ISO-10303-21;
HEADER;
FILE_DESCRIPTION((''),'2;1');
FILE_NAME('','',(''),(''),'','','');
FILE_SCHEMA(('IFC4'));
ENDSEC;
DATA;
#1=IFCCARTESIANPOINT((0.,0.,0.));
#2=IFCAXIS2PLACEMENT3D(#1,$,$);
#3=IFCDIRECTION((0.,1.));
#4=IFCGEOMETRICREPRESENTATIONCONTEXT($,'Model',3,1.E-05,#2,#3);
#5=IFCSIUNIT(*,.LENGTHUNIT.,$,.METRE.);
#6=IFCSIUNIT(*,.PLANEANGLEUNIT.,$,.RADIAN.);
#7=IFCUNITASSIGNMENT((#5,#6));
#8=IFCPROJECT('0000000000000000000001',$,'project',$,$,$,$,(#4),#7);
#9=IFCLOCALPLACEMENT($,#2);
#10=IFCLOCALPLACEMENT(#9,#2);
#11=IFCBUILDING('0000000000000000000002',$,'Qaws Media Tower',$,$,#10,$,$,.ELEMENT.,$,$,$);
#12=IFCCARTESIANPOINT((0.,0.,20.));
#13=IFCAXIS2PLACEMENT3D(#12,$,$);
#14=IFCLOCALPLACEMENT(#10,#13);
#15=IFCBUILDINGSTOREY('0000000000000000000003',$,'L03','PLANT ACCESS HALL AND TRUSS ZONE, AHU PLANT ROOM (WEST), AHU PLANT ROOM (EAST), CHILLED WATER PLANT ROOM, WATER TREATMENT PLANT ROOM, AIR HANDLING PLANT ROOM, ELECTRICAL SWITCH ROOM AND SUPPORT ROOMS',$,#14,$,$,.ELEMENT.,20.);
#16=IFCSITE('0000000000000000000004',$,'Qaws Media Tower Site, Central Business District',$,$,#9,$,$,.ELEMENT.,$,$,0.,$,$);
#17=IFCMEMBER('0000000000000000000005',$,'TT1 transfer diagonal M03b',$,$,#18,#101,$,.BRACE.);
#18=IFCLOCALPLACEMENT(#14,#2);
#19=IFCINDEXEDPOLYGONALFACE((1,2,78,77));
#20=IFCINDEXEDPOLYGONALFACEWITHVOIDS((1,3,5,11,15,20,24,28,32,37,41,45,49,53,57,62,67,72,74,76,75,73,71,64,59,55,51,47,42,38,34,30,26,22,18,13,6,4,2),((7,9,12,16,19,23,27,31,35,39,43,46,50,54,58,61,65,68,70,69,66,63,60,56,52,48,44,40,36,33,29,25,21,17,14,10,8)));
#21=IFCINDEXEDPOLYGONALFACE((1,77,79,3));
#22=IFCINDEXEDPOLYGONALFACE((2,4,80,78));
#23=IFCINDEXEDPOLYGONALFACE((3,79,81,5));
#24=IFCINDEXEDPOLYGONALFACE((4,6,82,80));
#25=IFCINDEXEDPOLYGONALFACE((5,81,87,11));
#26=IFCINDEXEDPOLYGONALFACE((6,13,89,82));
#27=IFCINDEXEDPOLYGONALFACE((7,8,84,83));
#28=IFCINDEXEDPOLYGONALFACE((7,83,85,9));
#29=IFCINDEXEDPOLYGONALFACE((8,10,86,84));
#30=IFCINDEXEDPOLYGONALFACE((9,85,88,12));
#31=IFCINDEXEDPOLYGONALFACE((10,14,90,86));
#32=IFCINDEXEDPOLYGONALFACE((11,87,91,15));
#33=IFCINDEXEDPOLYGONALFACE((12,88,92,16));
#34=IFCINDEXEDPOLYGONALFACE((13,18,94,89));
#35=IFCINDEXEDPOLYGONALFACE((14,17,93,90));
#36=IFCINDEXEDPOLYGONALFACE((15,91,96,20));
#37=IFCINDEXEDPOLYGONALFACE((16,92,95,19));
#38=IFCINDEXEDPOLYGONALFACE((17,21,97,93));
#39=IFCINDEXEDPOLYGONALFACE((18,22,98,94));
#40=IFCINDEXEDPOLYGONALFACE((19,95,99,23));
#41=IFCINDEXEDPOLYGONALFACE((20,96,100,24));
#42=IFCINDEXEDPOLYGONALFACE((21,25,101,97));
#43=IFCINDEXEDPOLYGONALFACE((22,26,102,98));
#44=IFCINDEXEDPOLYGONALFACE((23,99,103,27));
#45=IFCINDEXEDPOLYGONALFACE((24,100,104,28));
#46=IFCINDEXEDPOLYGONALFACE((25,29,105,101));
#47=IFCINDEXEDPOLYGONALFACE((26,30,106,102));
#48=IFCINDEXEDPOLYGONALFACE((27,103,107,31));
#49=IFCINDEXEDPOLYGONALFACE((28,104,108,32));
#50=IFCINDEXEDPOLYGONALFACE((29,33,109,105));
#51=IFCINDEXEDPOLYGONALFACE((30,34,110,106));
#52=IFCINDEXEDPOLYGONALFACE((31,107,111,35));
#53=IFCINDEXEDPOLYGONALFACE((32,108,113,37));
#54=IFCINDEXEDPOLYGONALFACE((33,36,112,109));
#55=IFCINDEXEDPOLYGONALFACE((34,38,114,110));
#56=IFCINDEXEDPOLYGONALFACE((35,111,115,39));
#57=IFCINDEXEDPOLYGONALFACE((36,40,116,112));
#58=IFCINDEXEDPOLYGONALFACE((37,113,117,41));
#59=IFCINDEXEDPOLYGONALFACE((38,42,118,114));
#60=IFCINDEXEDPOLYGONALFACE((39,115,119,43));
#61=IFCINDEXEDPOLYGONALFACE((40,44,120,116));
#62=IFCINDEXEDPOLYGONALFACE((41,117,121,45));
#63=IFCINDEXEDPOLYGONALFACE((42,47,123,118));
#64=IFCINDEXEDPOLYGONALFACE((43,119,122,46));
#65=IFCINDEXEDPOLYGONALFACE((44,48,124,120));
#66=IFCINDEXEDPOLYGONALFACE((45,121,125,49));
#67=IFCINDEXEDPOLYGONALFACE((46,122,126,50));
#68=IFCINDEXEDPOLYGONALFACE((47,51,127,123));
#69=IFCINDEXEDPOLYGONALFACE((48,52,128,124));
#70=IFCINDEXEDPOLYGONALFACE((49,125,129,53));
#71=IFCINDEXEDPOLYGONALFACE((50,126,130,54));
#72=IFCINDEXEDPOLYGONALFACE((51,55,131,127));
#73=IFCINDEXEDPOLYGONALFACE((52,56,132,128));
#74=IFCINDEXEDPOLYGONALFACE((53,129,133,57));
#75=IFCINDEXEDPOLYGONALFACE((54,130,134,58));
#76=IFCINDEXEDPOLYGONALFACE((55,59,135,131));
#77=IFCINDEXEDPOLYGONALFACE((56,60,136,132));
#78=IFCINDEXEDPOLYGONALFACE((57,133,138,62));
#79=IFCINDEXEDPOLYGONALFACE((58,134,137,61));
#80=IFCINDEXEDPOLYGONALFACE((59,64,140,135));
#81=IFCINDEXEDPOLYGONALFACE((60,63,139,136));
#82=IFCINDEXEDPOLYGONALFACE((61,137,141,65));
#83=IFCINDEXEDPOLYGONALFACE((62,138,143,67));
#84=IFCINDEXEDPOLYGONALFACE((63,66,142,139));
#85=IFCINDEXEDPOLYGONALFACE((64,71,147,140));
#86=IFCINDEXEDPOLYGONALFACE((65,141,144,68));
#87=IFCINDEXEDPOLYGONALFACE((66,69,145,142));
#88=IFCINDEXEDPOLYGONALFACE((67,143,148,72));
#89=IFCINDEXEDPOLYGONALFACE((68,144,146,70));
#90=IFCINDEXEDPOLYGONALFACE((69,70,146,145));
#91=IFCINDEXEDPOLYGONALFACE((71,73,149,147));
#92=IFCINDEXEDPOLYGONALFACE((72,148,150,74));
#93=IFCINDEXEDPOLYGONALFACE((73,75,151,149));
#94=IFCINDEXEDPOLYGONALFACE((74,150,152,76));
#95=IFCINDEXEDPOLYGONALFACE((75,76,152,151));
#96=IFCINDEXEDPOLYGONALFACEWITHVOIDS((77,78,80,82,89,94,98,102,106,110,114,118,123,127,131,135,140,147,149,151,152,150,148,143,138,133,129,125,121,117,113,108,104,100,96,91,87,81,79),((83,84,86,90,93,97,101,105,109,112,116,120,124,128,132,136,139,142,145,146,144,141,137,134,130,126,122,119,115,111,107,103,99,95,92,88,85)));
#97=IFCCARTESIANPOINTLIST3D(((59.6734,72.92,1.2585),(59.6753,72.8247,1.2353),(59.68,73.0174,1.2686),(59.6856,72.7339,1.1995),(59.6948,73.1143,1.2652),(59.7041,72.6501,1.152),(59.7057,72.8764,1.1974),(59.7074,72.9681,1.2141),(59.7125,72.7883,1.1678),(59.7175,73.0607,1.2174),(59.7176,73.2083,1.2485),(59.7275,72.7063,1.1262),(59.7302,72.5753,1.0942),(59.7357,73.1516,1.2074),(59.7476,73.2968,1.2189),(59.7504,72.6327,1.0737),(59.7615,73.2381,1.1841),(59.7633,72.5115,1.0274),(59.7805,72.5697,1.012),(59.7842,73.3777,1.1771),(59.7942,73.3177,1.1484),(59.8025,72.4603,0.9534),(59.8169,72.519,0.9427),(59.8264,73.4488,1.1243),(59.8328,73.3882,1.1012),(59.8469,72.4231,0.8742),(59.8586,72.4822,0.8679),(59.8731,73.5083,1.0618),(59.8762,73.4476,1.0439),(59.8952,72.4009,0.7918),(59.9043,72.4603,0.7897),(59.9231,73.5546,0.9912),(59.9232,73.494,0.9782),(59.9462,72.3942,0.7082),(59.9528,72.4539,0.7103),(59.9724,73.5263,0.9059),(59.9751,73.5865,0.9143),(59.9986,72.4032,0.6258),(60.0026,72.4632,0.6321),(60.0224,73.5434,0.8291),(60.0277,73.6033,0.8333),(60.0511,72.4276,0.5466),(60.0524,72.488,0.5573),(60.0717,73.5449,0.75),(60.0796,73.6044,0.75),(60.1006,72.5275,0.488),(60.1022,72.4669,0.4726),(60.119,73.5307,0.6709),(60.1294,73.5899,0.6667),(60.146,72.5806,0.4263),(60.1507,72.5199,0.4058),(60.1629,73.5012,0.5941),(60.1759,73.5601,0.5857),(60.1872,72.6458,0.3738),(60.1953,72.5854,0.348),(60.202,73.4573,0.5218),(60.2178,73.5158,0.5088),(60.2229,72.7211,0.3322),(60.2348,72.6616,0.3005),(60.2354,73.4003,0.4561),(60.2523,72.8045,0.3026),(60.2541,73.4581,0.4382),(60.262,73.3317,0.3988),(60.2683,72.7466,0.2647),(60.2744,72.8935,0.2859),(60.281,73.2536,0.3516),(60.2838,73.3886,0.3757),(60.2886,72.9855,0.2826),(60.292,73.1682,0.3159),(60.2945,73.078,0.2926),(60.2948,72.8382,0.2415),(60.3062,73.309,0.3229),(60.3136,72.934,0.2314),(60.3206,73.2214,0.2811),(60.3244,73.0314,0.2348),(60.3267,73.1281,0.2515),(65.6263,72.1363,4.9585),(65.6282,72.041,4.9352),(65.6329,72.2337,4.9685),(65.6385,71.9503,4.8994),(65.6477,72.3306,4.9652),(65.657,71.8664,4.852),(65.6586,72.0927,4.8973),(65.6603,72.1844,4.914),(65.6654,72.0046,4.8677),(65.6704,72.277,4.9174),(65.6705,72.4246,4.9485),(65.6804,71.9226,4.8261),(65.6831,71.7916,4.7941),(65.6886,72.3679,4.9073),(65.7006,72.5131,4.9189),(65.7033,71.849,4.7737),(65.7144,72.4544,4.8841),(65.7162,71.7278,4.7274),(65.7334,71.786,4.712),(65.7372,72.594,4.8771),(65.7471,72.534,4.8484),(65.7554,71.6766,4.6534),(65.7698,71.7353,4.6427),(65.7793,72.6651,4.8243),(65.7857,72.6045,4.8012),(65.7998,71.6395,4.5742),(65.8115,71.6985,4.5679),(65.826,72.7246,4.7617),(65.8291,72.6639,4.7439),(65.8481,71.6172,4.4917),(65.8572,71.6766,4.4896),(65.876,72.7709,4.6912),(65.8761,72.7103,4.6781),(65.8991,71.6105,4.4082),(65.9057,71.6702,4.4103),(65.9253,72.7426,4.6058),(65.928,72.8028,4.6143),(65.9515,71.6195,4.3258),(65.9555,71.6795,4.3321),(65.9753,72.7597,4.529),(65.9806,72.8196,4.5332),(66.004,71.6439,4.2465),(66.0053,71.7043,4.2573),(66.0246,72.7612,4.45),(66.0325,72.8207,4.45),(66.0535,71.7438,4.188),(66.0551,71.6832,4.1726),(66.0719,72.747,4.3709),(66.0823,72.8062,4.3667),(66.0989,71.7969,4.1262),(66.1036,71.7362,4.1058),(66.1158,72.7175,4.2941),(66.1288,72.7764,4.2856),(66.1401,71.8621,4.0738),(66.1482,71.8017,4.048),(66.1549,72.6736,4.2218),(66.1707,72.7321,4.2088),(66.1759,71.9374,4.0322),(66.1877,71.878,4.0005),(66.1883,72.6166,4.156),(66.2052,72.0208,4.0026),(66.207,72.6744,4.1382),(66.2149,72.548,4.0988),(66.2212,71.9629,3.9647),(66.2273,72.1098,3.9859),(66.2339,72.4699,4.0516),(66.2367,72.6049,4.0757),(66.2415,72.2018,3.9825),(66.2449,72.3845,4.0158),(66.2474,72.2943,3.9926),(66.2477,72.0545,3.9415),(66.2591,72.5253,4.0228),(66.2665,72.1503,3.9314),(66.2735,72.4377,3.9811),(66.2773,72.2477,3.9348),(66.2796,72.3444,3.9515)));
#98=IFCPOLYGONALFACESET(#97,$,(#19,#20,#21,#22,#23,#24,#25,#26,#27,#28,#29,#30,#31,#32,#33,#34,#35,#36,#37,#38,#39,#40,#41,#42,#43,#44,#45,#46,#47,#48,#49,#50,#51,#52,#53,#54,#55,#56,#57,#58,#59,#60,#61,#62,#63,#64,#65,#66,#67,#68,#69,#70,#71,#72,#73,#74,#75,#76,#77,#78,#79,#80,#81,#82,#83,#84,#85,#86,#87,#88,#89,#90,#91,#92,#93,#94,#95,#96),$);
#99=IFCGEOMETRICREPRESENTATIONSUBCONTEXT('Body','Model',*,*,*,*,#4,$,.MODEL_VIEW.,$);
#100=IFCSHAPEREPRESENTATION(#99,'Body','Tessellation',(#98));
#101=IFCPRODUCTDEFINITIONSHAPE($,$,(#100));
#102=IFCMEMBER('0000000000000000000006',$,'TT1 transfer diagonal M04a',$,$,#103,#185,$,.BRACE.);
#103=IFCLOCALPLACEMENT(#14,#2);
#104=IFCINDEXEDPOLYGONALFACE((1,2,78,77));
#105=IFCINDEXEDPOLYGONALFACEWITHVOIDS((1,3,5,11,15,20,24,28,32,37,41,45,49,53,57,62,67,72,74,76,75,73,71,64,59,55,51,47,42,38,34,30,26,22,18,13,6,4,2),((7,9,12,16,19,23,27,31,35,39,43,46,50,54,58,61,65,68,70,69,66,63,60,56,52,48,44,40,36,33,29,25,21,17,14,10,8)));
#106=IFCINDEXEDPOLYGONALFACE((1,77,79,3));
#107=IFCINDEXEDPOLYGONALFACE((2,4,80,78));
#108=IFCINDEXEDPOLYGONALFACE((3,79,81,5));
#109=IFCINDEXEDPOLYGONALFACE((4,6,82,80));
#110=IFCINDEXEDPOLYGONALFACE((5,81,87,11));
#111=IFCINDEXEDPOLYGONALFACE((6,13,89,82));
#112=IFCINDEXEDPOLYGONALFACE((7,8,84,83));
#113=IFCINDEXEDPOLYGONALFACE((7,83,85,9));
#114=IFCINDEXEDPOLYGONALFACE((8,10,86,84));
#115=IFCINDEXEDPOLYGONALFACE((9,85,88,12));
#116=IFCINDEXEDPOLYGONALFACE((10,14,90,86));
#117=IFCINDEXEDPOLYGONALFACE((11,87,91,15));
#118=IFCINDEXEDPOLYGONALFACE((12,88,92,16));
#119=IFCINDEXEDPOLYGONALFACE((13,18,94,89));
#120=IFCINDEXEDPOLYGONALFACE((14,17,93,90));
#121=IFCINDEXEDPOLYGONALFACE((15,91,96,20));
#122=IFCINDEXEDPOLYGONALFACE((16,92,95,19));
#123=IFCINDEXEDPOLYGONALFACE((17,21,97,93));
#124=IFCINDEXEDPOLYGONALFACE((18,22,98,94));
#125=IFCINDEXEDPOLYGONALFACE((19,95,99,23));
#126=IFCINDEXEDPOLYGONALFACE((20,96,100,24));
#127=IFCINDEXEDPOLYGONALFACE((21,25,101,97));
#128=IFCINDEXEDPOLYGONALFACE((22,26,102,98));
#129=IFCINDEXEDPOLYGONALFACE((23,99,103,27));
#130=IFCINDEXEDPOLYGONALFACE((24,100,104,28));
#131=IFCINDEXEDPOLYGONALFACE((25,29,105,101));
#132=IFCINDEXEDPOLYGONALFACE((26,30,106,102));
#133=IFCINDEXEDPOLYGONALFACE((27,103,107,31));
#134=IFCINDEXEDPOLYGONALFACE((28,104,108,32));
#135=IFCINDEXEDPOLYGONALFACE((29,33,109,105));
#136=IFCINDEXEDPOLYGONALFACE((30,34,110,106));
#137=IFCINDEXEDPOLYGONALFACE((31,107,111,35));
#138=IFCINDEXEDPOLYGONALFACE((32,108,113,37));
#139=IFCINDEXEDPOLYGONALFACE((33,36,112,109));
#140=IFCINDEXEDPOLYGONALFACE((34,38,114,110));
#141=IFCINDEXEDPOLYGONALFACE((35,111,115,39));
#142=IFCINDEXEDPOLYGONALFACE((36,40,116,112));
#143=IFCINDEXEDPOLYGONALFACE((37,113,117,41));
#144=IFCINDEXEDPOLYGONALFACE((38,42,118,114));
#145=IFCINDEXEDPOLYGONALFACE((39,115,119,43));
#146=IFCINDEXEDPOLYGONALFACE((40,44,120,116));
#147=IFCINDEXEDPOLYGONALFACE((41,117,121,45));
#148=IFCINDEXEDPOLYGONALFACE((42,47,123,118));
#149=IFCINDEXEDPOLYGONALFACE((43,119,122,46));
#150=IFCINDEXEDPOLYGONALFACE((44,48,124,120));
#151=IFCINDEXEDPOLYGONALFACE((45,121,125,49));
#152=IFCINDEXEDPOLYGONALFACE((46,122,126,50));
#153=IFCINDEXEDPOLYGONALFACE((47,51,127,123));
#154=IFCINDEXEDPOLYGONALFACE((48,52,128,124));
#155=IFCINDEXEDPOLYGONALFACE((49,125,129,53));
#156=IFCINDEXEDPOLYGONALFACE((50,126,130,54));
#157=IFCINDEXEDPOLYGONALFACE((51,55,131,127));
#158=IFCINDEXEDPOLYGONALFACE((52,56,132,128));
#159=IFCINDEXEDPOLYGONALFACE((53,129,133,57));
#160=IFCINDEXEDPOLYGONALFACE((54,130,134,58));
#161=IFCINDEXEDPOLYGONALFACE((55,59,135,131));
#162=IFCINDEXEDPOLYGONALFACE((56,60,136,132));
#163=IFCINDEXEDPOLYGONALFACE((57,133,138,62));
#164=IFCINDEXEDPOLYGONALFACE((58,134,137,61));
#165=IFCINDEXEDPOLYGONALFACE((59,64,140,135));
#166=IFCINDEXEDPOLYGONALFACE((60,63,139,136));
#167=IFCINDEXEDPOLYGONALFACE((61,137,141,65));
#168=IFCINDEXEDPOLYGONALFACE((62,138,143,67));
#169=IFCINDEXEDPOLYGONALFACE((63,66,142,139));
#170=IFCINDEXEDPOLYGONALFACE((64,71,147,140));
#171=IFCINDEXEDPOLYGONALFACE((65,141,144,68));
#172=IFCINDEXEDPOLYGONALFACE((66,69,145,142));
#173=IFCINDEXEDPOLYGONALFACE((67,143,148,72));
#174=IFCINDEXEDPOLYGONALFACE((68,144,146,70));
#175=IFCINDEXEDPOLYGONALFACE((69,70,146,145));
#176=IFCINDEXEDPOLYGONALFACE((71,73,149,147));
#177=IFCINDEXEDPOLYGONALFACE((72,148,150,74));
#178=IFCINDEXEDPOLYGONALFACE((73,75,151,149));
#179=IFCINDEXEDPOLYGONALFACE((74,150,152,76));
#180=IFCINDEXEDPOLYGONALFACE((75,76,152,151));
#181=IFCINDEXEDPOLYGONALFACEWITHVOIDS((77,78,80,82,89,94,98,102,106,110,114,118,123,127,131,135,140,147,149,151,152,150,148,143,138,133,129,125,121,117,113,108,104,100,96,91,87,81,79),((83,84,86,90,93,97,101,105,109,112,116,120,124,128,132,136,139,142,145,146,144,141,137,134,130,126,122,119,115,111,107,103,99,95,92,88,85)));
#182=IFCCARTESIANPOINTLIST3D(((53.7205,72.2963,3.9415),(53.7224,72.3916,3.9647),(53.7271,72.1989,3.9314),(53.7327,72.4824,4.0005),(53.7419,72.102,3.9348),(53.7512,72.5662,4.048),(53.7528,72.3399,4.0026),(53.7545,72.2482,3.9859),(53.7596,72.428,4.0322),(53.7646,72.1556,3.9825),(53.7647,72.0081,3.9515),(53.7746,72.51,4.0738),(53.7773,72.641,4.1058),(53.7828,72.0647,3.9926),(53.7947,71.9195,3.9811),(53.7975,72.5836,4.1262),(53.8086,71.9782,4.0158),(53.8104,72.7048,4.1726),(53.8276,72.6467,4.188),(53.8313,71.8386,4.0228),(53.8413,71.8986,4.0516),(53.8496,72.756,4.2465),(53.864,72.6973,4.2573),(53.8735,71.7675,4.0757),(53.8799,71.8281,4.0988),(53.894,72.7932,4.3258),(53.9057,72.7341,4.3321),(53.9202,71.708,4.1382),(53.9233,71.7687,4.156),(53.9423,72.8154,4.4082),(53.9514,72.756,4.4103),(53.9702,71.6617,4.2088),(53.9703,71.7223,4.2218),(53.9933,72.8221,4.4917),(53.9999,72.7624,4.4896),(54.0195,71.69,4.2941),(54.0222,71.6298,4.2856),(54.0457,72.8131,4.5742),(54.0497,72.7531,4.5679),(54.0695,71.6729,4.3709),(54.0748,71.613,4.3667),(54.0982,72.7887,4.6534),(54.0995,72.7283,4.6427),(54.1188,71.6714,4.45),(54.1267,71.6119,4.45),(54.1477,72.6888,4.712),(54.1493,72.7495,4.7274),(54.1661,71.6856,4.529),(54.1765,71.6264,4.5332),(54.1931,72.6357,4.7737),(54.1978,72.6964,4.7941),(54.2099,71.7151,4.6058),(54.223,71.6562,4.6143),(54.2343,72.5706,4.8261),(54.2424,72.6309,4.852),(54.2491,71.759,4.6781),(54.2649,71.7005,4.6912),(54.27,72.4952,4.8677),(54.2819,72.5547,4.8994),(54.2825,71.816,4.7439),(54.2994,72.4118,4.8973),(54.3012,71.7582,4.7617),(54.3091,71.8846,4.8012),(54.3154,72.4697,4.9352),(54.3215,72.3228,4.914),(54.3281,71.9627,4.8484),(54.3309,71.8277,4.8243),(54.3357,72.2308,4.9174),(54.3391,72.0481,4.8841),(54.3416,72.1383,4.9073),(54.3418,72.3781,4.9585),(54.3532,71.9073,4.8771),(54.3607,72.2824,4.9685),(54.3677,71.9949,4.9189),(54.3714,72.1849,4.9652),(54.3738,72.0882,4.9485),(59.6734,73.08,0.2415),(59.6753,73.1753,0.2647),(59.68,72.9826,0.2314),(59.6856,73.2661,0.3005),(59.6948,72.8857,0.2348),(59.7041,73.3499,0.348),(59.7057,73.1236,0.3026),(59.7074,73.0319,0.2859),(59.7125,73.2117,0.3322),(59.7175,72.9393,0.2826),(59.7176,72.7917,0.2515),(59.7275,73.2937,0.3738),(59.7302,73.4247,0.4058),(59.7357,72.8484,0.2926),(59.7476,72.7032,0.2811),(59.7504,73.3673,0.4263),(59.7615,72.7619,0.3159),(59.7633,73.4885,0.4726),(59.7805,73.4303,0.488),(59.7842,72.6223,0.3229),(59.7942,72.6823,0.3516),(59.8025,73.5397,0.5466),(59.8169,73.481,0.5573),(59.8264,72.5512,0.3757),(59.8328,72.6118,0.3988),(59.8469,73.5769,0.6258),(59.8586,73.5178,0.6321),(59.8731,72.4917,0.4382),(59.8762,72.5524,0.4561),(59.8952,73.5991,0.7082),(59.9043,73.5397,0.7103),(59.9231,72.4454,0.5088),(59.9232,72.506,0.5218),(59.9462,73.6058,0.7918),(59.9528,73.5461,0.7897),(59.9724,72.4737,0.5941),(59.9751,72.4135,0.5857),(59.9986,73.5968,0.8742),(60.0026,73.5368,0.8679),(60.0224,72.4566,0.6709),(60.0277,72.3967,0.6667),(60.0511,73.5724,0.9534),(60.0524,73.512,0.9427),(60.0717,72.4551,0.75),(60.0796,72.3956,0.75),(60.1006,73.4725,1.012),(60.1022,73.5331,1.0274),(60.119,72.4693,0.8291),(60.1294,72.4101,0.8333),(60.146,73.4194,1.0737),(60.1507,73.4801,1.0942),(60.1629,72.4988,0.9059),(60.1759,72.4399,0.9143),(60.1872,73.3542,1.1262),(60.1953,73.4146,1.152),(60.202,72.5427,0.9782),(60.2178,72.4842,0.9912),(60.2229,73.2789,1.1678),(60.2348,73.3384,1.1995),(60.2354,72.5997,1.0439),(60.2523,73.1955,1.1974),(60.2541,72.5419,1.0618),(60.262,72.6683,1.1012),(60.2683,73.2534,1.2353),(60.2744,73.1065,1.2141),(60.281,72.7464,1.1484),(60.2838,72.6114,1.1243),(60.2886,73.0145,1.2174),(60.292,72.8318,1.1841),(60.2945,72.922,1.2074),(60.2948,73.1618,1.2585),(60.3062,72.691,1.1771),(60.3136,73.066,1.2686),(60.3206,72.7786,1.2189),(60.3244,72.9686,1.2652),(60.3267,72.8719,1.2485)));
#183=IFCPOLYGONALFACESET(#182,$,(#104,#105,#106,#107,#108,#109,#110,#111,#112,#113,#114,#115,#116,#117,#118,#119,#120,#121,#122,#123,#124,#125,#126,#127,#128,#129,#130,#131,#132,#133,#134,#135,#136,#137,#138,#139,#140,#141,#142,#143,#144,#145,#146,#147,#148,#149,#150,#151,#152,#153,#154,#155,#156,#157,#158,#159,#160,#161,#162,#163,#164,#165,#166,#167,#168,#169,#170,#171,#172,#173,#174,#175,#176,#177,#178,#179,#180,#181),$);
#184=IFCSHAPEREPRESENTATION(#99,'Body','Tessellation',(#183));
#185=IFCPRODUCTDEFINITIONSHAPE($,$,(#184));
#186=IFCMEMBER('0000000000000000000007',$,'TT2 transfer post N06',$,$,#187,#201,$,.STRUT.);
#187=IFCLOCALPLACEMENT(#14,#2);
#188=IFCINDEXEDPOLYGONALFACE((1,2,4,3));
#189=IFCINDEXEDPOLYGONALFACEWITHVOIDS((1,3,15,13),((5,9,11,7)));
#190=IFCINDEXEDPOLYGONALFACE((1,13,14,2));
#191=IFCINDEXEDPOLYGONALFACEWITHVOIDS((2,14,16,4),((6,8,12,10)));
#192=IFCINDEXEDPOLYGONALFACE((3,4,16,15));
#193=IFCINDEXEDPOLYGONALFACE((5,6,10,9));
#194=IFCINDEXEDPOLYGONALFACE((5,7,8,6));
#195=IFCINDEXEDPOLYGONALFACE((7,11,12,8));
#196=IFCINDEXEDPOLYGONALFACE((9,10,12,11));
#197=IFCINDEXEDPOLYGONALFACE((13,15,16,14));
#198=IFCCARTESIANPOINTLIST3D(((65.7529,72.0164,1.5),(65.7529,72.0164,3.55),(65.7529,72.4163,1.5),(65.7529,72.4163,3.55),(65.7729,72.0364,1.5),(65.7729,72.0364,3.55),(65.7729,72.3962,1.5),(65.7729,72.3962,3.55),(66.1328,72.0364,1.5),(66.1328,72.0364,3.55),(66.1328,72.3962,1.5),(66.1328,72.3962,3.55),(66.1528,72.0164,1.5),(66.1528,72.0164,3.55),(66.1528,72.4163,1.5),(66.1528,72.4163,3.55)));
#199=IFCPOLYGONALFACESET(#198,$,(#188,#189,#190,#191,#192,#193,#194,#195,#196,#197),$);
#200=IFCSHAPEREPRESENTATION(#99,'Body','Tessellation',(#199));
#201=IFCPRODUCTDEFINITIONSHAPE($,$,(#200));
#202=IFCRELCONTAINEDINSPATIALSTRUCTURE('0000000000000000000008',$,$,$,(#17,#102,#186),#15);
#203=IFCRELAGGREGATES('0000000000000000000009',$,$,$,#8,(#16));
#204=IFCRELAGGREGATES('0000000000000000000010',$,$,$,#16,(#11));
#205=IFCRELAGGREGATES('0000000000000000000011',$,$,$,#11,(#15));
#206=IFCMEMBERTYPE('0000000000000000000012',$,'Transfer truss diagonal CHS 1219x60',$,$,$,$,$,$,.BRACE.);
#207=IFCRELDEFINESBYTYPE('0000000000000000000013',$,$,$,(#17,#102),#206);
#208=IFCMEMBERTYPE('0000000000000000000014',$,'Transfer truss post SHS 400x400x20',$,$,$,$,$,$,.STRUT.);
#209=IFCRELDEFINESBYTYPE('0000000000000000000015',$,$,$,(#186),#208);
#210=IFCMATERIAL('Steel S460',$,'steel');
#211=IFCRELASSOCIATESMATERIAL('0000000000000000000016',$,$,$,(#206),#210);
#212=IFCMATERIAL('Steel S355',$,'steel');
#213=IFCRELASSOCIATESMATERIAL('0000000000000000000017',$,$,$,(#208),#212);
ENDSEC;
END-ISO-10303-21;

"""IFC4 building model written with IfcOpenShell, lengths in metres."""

from ifc_helpers import new_model, si_unit, direction, frame, origin, origin_2d, place, context, subcontext, project, spatial, hollow_rectangle, hollow_circle, extrude, material, material_profile, profile_set, type_object, element, save


model = new_model("IFC4")

# Units and contexts
model_context = context("Model", 3, precision=1e-05, world=origin(), true_north=direction((0.0, 1.0)))
body_context = subcontext(model_context, "Body", "Model", "MODEL_VIEW")
ifc_project = project(units=[si_unit("LENGTHUNIT", "METRE"), si_unit("PLANEANGLEUNIT", "RADIAN")], contexts=[model_context])

# Site, building, storey
site_placement = place(None, origin())
site = spatial("IfcSite", under=ifc_project, at=site_placement, Name="Qaws Media Tower Site, Central Business District", CompositionType="ELEMENT", RefElevation=0.0)
building_placement = place(site_placement, origin())
building = spatial("IfcBuilding", under=site, at=building_placement, Name="Qaws Media Tower", CompositionType="ELEMENT")
storey_placement = place(building_placement, frame((0.0, 0.0, 20.0)))
storey = spatial("IfcBuildingStorey", under=building, at=storey_placement, Name="L03", Description="PLANT ACCESS HALL AND TRUSS ZONE, AHU PLANT ROOM (WEST), AHU PLANT ROOM (EAST), CHILLED WATER PLANT ROOM, WATER TREATMENT PLANT ROOM, AIR HANDLING PLANT ROOM, ELECTRICAL SWITCH ROOM AND SUPPORT ROOMS", CompositionType="ELEMENT", Elevation=20.0)

# Members
ifc_material_1 = material(Name="Steel S460", Category="steel")
ifc_material_profile_1 = material_profile(ifc_material_1, hollow_circle(Radius=0.6096, WallThickness=0.0601, at=origin_2d()), Name="CHS 1219x60")
ifc_profile_set_1 = profile_set([ifc_material_profile_1], Name="Steel S460")
member_type_1 = type_object("IfcMemberType", Name="Transfer truss diagonal CHS 1219x60", PredefinedType="BRACE", material=ifc_profile_set_1)
for number, where, z_axis, x_axis, name in (
    (1, (60.0, 73.0, 0.75), (0.844057, -0.111119, 0.524615), (0.130523, 0.991445, 0.0), "TT1 transfer diagonal M03b"),
    (2, (60.0, 73.0, 0.75), (-0.844057, -0.111119, 0.524615), (0.130523, -0.991445, 0.0), "TT1 transfer diagonal M04a"),
):
    element("IfcMember", number, at=place(storey_placement, frame(where, z_axis=z_axis, x_axis=x_axis)), inside=storey, type_object=member_type_1, Name=name, PredefinedType="BRACE", context=body_context, shape_type="SweptSolid", body=[
        extrude(hollow_circle(Radius=0.6096, WallThickness=0.0601, at=origin_2d()), origin(), (0.0, 0.0, 1.0), 7.0527),
    ])
ifc_material_2 = material(Name="Steel S355", Category="steel")
ifc_material_profile_2 = material_profile(ifc_material_2, hollow_rectangle(XDim=0.3999, YDim=0.3999, WallThickness=0.02, at=origin_2d()), Name="SHS 400x400x20")
ifc_profile_set_2 = profile_set([ifc_material_profile_2], Name="Steel S355")
member_type_2 = type_object("IfcMemberType", Name="Transfer truss post SHS 400x400x20", PredefinedType="STRUT", material=ifc_profile_set_2)
for number, where, z_axis, x_axis, name in (
    (3, (65.9529, 72.2163, 1.5), (0.0, 0.0, 1.0), (1.0, 0.0, 0.0), "TT2 transfer post N06"),
):
    element("IfcMember", number, at=place(storey_placement, frame(where, z_axis=z_axis, x_axis=x_axis)), inside=storey, type_object=member_type_2, Name=name, PredefinedType="STRUT", context=body_context, shape_type="SweptSolid", body=[
        extrude(hollow_rectangle(XDim=0.3999, YDim=0.3999, WallThickness=0.02, at=origin_2d()), origin(), (0.0, 0.0, 1.0), 2.05),
    ])

save(model, "model.ifc")
